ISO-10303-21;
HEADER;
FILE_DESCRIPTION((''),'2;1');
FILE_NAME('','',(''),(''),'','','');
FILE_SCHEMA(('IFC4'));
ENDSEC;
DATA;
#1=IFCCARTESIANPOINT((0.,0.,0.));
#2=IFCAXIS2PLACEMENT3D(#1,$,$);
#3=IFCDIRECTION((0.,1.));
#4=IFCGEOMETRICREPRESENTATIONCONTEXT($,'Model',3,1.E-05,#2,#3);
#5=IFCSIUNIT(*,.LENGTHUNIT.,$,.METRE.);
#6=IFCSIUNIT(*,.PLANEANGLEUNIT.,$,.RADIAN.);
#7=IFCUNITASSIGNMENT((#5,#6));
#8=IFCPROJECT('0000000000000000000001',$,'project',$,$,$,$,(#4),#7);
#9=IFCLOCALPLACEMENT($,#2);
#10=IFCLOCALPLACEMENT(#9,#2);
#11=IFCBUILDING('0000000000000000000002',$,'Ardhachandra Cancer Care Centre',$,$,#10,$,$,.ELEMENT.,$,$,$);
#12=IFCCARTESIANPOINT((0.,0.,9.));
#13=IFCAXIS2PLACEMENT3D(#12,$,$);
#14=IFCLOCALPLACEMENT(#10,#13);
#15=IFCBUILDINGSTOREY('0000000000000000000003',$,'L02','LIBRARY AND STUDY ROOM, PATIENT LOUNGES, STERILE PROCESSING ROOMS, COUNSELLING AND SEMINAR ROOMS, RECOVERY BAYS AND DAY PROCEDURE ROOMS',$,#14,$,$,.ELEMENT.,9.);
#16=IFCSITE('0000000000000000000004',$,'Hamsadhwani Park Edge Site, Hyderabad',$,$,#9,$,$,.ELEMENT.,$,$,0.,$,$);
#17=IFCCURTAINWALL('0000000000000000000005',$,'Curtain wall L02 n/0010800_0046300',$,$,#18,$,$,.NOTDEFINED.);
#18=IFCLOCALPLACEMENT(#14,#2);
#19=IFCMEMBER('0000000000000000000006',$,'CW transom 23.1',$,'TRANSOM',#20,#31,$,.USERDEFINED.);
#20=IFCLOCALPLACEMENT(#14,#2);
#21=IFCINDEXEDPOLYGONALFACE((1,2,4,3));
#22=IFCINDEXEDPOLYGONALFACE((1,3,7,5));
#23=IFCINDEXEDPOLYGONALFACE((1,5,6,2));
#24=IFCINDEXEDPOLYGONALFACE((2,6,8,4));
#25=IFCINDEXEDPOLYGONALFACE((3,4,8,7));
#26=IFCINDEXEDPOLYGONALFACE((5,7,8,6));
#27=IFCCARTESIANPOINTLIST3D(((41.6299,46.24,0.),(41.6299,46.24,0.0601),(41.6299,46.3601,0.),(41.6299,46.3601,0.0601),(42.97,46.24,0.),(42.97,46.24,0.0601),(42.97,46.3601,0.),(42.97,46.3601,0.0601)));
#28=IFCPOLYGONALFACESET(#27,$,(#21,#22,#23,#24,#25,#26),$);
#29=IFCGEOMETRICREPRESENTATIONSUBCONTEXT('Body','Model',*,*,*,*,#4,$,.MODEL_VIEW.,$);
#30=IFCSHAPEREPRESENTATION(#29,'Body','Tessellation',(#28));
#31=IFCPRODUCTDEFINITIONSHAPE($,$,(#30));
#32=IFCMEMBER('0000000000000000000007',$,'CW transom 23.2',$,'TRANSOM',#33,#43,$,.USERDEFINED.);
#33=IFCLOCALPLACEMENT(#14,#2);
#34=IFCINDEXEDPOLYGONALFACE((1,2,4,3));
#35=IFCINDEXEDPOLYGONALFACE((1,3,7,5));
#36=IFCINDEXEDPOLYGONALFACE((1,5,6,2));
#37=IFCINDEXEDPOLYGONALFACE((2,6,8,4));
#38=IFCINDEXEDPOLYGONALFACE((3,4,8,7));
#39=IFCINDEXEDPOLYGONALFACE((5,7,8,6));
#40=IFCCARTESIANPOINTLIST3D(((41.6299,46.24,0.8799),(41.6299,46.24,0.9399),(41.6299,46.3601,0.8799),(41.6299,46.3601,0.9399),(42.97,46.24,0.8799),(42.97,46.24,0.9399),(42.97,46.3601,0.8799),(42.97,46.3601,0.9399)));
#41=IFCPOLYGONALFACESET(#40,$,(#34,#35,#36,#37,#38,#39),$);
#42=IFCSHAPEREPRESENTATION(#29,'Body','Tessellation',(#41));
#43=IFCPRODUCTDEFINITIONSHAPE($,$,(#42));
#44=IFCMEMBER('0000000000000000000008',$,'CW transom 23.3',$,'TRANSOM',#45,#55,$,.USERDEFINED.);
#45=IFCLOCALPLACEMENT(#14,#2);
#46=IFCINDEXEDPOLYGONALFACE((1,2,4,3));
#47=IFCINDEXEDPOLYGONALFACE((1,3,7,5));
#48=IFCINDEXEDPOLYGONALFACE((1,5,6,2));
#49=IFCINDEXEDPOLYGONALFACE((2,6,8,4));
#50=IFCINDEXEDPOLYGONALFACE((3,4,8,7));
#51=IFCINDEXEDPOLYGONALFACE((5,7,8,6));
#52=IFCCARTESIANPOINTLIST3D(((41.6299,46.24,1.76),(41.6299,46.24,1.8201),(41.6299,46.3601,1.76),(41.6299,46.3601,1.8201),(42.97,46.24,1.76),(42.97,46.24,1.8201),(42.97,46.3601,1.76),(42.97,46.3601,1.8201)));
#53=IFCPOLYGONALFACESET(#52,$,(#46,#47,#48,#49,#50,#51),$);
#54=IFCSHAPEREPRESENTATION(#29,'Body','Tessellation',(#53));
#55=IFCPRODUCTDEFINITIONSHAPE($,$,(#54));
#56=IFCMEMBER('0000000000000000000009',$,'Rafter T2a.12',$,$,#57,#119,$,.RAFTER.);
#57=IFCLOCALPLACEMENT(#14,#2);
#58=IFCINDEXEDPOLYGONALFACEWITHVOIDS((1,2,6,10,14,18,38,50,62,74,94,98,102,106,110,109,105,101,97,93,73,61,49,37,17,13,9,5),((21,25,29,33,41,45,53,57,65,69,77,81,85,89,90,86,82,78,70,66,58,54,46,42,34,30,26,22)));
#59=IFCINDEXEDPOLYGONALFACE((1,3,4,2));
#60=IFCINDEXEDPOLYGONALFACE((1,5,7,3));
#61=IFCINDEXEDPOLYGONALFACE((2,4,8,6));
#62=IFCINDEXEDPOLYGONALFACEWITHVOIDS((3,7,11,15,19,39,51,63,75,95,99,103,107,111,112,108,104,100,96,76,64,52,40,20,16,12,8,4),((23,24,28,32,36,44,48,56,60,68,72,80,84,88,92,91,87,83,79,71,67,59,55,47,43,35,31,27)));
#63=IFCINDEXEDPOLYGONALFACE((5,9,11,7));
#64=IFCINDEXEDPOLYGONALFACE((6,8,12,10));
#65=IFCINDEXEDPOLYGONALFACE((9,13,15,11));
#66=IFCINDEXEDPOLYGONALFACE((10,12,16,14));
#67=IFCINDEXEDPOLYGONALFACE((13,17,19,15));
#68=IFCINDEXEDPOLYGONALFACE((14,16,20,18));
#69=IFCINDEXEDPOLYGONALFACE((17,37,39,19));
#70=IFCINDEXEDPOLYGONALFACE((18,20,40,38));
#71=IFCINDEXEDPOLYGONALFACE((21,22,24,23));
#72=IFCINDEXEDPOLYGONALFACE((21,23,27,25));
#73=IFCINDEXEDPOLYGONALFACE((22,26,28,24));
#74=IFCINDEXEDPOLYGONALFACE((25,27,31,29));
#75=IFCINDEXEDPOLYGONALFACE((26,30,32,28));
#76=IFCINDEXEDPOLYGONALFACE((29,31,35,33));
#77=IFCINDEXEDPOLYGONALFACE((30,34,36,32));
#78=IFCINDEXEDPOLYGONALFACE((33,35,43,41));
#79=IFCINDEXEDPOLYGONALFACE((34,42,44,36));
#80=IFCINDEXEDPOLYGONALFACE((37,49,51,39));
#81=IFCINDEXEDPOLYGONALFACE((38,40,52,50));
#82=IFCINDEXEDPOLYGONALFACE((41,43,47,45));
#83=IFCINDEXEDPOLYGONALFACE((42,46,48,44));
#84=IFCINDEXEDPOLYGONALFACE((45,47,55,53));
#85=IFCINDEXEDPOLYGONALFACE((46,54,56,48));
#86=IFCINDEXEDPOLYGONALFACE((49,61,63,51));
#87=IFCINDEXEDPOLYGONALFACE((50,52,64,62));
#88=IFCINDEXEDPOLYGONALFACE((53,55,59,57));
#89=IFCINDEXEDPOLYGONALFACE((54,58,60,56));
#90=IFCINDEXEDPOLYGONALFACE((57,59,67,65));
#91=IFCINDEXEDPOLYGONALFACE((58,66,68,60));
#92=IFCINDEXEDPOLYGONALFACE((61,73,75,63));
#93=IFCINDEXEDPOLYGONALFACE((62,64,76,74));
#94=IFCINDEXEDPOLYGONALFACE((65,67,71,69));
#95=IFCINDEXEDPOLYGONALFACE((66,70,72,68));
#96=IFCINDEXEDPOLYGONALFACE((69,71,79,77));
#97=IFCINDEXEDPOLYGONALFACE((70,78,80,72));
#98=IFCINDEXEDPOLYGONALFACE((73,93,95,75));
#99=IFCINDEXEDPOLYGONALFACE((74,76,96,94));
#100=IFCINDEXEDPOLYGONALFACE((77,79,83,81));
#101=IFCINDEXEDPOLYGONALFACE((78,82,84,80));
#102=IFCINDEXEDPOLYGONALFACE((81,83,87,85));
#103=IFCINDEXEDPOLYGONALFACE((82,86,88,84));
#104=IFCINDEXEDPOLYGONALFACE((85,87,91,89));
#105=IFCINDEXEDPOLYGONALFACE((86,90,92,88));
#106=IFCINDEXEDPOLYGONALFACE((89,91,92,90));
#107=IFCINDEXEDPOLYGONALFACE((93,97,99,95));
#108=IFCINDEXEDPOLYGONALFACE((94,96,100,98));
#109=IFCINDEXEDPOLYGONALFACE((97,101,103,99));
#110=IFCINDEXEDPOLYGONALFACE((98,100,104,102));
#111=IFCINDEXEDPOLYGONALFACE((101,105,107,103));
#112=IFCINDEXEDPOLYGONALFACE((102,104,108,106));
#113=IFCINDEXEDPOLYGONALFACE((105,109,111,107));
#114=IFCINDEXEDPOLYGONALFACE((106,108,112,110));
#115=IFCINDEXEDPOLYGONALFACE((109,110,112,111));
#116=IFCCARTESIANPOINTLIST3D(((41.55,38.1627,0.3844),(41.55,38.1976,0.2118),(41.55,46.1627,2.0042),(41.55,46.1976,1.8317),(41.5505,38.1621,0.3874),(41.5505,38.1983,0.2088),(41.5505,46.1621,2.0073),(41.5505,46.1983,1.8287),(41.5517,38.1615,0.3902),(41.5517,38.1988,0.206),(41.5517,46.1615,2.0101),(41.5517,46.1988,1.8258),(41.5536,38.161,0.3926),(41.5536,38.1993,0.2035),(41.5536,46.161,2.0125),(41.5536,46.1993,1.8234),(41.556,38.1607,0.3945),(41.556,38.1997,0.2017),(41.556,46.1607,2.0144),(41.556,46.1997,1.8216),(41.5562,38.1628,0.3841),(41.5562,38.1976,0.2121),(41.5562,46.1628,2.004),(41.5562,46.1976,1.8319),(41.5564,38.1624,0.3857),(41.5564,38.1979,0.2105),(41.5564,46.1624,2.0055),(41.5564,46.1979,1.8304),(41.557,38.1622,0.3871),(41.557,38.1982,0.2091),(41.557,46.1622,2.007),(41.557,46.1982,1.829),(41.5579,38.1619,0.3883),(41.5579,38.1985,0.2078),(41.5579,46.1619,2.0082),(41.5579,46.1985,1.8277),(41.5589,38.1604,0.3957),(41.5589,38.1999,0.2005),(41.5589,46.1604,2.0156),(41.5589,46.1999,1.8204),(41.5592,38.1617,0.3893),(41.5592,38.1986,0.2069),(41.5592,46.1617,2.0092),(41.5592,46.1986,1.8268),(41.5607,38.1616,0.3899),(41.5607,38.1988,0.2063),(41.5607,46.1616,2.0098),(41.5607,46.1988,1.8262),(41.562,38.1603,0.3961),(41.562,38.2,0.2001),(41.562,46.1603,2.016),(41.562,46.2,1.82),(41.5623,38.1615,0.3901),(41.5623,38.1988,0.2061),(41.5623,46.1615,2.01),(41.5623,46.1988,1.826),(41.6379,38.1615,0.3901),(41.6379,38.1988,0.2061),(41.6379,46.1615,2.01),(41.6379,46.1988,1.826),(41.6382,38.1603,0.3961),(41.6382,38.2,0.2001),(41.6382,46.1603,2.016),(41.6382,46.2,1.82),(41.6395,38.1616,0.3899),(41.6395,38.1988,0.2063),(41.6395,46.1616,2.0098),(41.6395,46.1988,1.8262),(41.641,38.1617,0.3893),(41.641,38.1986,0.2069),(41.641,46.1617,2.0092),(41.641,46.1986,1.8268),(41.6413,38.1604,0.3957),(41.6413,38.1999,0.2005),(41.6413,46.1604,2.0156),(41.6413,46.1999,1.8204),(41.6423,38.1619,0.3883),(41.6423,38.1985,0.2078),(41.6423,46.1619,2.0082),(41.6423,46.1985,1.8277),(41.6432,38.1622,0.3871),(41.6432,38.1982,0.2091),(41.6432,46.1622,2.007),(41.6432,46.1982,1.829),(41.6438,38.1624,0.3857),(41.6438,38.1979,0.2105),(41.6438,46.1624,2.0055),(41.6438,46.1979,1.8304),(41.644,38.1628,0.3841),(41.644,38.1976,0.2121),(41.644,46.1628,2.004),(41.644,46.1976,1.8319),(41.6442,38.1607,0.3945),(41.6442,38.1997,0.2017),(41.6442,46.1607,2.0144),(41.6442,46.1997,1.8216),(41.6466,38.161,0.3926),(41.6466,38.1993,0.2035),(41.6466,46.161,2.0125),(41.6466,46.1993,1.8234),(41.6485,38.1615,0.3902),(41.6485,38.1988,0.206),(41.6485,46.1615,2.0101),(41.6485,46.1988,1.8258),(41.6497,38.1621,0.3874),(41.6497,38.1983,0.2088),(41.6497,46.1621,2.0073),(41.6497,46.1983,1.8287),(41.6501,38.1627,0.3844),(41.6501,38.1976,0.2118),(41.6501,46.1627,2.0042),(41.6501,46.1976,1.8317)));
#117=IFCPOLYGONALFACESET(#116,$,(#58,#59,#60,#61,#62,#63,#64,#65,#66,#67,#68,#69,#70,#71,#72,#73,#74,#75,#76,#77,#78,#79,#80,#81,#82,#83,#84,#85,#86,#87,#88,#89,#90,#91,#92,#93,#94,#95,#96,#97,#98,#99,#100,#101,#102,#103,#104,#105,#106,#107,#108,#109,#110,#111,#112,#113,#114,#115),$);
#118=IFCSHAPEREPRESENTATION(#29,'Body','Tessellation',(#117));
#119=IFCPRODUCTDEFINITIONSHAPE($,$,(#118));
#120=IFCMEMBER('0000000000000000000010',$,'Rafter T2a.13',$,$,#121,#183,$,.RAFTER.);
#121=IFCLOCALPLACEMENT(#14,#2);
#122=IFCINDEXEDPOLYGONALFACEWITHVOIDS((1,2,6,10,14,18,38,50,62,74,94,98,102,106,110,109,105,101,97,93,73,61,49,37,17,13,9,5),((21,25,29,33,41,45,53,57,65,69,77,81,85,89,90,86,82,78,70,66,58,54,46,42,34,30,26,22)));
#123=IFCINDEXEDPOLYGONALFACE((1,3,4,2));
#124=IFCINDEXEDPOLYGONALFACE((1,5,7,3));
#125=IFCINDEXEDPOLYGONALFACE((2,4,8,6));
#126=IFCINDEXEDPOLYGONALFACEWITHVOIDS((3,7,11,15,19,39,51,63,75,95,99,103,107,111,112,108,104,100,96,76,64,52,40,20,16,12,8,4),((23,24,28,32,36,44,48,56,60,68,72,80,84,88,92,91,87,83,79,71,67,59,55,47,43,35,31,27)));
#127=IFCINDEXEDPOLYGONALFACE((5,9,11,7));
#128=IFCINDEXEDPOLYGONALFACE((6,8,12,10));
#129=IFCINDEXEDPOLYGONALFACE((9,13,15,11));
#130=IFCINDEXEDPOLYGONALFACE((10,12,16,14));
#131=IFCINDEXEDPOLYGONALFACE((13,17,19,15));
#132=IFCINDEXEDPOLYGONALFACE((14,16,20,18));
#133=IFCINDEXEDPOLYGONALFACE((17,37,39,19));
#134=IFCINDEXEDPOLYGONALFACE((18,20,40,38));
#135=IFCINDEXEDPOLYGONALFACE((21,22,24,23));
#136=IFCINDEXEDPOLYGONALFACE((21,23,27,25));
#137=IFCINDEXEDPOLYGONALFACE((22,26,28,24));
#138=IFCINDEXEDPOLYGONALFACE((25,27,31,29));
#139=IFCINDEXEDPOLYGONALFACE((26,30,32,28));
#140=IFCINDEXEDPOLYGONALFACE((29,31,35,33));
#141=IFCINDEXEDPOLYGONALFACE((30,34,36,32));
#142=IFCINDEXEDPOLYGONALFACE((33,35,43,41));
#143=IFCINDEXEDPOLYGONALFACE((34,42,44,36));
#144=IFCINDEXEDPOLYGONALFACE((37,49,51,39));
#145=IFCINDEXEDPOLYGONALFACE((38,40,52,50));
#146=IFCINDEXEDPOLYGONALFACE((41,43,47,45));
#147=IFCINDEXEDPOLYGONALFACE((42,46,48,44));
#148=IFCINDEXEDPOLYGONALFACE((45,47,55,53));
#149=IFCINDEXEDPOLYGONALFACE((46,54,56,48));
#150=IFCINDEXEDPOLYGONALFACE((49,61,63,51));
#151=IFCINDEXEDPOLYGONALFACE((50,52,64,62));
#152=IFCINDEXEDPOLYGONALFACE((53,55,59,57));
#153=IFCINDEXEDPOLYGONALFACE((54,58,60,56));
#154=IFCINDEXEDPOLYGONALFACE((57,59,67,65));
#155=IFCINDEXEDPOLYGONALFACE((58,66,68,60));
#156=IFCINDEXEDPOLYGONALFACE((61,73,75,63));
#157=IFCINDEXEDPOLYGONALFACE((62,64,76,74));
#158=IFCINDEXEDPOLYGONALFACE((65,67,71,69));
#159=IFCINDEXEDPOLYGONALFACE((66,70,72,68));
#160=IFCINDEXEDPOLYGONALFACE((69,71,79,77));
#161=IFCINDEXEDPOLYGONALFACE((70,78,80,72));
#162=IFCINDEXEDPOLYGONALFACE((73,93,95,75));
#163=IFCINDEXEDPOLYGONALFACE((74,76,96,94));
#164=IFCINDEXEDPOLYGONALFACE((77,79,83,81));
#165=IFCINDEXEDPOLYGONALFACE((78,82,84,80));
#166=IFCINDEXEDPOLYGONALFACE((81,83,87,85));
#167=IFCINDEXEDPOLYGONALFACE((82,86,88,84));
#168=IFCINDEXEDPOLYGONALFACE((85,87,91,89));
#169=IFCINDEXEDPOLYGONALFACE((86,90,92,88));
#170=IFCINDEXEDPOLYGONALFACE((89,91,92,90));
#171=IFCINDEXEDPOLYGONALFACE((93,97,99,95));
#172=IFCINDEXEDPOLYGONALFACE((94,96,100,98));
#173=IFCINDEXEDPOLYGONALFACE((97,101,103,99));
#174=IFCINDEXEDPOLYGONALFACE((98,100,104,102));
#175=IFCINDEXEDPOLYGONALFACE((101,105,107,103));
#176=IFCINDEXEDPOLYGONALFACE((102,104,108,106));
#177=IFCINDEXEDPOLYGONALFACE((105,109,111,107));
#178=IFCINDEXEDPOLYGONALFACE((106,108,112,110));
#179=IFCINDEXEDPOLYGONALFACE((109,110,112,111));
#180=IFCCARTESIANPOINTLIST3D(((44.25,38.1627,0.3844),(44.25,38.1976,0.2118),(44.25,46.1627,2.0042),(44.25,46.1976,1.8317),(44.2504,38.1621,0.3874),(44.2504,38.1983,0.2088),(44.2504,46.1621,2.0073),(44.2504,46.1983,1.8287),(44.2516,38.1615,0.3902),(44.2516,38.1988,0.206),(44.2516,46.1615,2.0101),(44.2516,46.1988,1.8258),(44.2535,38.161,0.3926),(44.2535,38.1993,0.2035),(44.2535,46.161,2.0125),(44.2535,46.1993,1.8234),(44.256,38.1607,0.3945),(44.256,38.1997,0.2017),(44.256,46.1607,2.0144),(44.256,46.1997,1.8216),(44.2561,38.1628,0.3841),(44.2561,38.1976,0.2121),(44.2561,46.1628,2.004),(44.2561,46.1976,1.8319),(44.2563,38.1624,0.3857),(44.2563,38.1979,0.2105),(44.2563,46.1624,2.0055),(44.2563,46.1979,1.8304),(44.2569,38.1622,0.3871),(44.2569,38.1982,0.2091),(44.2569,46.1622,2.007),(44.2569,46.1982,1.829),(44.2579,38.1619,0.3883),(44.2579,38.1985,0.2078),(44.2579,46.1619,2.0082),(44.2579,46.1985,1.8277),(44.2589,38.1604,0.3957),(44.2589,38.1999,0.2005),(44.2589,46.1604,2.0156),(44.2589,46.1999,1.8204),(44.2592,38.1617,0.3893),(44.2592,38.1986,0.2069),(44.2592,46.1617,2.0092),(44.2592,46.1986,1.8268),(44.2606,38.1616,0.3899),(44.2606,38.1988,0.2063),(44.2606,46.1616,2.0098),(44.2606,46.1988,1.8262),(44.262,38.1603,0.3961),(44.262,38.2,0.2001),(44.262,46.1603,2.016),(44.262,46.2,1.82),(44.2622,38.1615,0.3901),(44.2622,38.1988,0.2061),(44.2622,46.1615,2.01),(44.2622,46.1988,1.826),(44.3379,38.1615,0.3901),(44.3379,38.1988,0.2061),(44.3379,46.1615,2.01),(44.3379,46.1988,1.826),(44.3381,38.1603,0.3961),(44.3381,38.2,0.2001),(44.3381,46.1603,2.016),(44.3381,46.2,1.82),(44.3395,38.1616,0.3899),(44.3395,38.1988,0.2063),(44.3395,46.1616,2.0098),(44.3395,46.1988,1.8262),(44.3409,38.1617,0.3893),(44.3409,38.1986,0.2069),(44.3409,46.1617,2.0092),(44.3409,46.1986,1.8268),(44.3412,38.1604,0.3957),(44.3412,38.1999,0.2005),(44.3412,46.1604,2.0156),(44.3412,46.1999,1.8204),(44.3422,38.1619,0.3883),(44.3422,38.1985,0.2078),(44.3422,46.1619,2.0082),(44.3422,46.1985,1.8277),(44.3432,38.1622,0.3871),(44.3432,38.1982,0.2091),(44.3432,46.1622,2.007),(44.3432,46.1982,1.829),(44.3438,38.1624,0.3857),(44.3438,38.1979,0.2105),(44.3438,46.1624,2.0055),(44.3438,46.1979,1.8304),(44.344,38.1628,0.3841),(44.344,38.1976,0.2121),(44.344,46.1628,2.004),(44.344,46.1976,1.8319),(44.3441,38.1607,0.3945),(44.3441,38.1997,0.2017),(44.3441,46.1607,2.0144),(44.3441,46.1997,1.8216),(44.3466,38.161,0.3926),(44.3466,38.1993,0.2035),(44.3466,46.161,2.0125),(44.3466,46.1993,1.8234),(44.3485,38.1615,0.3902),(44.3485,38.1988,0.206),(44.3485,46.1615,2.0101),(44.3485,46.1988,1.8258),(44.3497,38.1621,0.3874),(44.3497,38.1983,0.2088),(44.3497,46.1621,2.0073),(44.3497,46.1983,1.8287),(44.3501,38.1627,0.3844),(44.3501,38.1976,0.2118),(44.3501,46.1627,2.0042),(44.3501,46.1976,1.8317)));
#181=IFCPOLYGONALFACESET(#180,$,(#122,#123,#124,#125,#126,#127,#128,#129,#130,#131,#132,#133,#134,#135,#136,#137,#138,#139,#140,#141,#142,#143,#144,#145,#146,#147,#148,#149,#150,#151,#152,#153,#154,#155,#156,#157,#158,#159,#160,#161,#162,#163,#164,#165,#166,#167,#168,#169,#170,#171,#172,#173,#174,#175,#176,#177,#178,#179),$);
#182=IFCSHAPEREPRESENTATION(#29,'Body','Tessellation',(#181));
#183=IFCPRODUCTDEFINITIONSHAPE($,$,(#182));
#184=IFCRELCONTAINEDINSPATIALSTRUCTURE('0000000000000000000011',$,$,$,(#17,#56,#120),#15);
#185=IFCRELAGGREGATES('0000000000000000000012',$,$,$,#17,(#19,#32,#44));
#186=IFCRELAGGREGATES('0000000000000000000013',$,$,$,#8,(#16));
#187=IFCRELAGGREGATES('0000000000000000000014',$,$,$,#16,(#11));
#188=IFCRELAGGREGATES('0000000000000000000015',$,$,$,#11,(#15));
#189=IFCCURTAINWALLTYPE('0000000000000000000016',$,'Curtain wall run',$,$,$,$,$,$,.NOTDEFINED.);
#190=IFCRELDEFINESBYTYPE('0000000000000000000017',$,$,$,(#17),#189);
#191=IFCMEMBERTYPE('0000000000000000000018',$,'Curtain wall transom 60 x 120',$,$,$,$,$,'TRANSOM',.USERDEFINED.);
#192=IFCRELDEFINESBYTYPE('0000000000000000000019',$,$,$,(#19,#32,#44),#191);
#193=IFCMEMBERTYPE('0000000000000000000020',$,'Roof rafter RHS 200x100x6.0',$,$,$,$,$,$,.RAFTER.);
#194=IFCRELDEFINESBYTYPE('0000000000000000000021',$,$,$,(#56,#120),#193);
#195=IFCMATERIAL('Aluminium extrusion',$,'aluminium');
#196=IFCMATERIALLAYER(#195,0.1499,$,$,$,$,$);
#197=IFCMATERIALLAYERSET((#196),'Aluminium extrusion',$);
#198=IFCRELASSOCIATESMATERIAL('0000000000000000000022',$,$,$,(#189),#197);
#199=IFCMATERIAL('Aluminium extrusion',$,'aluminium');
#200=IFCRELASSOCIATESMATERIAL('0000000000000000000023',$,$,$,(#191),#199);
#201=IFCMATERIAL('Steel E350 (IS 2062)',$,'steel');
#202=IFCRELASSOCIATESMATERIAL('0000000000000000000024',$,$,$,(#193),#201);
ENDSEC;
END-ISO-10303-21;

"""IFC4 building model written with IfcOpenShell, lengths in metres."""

from ifc_helpers import new_model, si_unit, direction, frame, origin, origin_2d, place, context, subcontext, project, spatial, rectangle, hollow_rectangle, extrude, material, layer, layer_set, material_profile, profile_set, type_object, element, aggregate, save


model = new_model("IFC4")

# Units and contexts
model_context = context("Model", 3, precision=1e-05, world=origin(), true_north=direction((0.0, 1.0)))
body_context = subcontext(model_context, "Body", "Model", "MODEL_VIEW")
ifc_project = project(units=[si_unit("LENGTHUNIT", "METRE"), si_unit("PLANEANGLEUNIT", "RADIAN")], contexts=[model_context])

# Site, building, storey
site_placement = place(None, origin())
site = spatial("IfcSite", under=ifc_project, at=site_placement, Name="Hamsadhwani Park Edge Site, Hyderabad", CompositionType="ELEMENT", RefElevation=0.0)
building_placement = place(site_placement, origin())
building = spatial("IfcBuilding", under=site, at=building_placement, Name="Ardhachandra Cancer Care Centre", CompositionType="ELEMENT")
storey_placement = place(building_placement, frame((0.0, 0.0, 9.0)))
storey = spatial("IfcBuildingStorey", under=building, at=storey_placement, Name="L02", Description="LIBRARY AND STUDY ROOM, PATIENT LOUNGES, STERILE PROCESSING ROOMS, COUNSELLING AND SEMINAR ROOMS, RECOVERY BAYS AND DAY PROCEDURE ROOMS", CompositionType="ELEMENT", Elevation=9.0)

# Curtain wall, members
ifc_material_1 = material(Name="Aluminium extrusion", Category="aluminium")
ifc_layer_1 = layer(ifc_material_1, 0.1499)
ifc_layer_set_1 = layer_set([ifc_layer_1], Name="Aluminium extrusion")
curtain_wall_type = type_object("IfcCurtainWallType", Name="Curtain wall run", PredefinedType="NOTDEFINED", material=ifc_layer_set_1)
curtain_wall_placement = place(storey_placement, origin())
curtain_wall = element("IfcCurtainWall", 1, at=curtain_wall_placement, inside=storey, type_object=curtain_wall_type, Name="Curtain wall L02 n/0010800_0046300", PredefinedType="NOTDEFINED")
ifc_material_2 = material(Name="Aluminium extrusion", Category="aluminium")
ifc_material_profile_1 = material_profile(ifc_material_2, rectangle(XDim=0.1201, YDim=0.0601, at=origin_2d()), Name="Curtain wall transom 60 x 120")
ifc_profile_set_1 = profile_set([ifc_material_profile_1], Name="Aluminium extrusion")
member_type_1 = type_object("IfcMemberType", Name="Curtain wall transom 60 x 120", ElementType="TRANSOM", PredefinedType="USERDEFINED", material=ifc_profile_set_1)
member_1_placement = place(storey_placement, frame((41.6299, 46.3, 0.03), z_axis=(1.0, 0.0, 0.0), x_axis=(0.0, 1.0, 0.0)))
member_1 = element("IfcMember", 2, at=member_1_placement, type_object=member_type_1, Name="CW transom 23.1", ObjectType="TRANSOM", PredefinedType="USERDEFINED", context=body_context, shape_type="SweptSolid", body=[
    extrude(rectangle(XDim=0.1201, YDim=0.0601, at=origin_2d()), origin(), (0.0, 0.0, 1.0), 1.3401),
])
member_2_placement = place(storey_placement, frame((41.6299, 46.3, 0.9099), z_axis=(1.0, 0.0, 0.0), x_axis=(0.0, 1.0, 0.0)))
member_2 = element("IfcMember", 3, at=member_2_placement, type_object=member_type_1, Name="CW transom 23.2", ObjectType="TRANSOM", PredefinedType="USERDEFINED", context=body_context, shape_type="SweptSolid", body=[
    extrude(rectangle(XDim=0.1201, YDim=0.0601, at=origin_2d()), origin(), (0.0, 0.0, 1.0), 1.3401),
])
member_3_placement = place(storey_placement, frame((41.6299, 46.3, 1.79), z_axis=(1.0, 0.0, 0.0), x_axis=(0.0, 1.0, 0.0)))
member_3 = element("IfcMember", 4, at=member_3_placement, type_object=member_type_1, Name="CW transom 23.3", ObjectType="TRANSOM", PredefinedType="USERDEFINED", context=body_context, shape_type="SweptSolid", body=[
    extrude(rectangle(XDim=0.1201, YDim=0.0601, at=origin_2d()), origin(), (0.0, 0.0, 1.0), 1.3401),
])

# Members
ifc_material_3 = material(Name="Steel E350 (IS 2062)", Category="steel")
ifc_material_profile_2 = material_profile(ifc_material_3, hollow_rectangle(XDim=0.1001, YDim=0.2, WallThickness=0.0061, InnerFilletRadius=0.0061, OuterFilletRadius=0.012, at=origin_2d()), Name="RHS 200x100x6.0")
ifc_profile_set_2 = profile_set([ifc_material_profile_2], Name="Steel E350 (IS 2062)")
member_type_2 = type_object("IfcMemberType", Name="Roof rafter RHS 200x100x6.0", PredefinedType="RAFTER", material=ifc_profile_set_2)
for number, where, z_axis, x_axis, name in (
    (5, (41.6001, 38.1802, 0.2981), (0.0, 0.98011, 0.198457), (-1.0, 0.0, 0.0), "Rafter T2a.12"),
    (6, (44.3, 38.1802, 0.2981), (0.0, 0.98011, 0.198457), (-1.0, 0.0, 0.0), "Rafter T2a.13"),
):
    element("IfcMember", number, at=place(storey_placement, frame(where, z_axis=z_axis, x_axis=x_axis)), inside=storey, type_object=member_type_2, Name=name, PredefinedType="RAFTER", context=body_context, shape_type="SweptSolid", body=[
        extrude(hollow_rectangle(XDim=0.1001, YDim=0.2, WallThickness=0.0061, InnerFilletRadius=0.0061, OuterFilletRadius=0.012, at=origin_2d()), origin(), (0.0, 0.0, 1.0), 8.1624),
    ])

aggregate(curtain_wall, [member_1, member_2, member_3])

save(model, "model.ifc")
